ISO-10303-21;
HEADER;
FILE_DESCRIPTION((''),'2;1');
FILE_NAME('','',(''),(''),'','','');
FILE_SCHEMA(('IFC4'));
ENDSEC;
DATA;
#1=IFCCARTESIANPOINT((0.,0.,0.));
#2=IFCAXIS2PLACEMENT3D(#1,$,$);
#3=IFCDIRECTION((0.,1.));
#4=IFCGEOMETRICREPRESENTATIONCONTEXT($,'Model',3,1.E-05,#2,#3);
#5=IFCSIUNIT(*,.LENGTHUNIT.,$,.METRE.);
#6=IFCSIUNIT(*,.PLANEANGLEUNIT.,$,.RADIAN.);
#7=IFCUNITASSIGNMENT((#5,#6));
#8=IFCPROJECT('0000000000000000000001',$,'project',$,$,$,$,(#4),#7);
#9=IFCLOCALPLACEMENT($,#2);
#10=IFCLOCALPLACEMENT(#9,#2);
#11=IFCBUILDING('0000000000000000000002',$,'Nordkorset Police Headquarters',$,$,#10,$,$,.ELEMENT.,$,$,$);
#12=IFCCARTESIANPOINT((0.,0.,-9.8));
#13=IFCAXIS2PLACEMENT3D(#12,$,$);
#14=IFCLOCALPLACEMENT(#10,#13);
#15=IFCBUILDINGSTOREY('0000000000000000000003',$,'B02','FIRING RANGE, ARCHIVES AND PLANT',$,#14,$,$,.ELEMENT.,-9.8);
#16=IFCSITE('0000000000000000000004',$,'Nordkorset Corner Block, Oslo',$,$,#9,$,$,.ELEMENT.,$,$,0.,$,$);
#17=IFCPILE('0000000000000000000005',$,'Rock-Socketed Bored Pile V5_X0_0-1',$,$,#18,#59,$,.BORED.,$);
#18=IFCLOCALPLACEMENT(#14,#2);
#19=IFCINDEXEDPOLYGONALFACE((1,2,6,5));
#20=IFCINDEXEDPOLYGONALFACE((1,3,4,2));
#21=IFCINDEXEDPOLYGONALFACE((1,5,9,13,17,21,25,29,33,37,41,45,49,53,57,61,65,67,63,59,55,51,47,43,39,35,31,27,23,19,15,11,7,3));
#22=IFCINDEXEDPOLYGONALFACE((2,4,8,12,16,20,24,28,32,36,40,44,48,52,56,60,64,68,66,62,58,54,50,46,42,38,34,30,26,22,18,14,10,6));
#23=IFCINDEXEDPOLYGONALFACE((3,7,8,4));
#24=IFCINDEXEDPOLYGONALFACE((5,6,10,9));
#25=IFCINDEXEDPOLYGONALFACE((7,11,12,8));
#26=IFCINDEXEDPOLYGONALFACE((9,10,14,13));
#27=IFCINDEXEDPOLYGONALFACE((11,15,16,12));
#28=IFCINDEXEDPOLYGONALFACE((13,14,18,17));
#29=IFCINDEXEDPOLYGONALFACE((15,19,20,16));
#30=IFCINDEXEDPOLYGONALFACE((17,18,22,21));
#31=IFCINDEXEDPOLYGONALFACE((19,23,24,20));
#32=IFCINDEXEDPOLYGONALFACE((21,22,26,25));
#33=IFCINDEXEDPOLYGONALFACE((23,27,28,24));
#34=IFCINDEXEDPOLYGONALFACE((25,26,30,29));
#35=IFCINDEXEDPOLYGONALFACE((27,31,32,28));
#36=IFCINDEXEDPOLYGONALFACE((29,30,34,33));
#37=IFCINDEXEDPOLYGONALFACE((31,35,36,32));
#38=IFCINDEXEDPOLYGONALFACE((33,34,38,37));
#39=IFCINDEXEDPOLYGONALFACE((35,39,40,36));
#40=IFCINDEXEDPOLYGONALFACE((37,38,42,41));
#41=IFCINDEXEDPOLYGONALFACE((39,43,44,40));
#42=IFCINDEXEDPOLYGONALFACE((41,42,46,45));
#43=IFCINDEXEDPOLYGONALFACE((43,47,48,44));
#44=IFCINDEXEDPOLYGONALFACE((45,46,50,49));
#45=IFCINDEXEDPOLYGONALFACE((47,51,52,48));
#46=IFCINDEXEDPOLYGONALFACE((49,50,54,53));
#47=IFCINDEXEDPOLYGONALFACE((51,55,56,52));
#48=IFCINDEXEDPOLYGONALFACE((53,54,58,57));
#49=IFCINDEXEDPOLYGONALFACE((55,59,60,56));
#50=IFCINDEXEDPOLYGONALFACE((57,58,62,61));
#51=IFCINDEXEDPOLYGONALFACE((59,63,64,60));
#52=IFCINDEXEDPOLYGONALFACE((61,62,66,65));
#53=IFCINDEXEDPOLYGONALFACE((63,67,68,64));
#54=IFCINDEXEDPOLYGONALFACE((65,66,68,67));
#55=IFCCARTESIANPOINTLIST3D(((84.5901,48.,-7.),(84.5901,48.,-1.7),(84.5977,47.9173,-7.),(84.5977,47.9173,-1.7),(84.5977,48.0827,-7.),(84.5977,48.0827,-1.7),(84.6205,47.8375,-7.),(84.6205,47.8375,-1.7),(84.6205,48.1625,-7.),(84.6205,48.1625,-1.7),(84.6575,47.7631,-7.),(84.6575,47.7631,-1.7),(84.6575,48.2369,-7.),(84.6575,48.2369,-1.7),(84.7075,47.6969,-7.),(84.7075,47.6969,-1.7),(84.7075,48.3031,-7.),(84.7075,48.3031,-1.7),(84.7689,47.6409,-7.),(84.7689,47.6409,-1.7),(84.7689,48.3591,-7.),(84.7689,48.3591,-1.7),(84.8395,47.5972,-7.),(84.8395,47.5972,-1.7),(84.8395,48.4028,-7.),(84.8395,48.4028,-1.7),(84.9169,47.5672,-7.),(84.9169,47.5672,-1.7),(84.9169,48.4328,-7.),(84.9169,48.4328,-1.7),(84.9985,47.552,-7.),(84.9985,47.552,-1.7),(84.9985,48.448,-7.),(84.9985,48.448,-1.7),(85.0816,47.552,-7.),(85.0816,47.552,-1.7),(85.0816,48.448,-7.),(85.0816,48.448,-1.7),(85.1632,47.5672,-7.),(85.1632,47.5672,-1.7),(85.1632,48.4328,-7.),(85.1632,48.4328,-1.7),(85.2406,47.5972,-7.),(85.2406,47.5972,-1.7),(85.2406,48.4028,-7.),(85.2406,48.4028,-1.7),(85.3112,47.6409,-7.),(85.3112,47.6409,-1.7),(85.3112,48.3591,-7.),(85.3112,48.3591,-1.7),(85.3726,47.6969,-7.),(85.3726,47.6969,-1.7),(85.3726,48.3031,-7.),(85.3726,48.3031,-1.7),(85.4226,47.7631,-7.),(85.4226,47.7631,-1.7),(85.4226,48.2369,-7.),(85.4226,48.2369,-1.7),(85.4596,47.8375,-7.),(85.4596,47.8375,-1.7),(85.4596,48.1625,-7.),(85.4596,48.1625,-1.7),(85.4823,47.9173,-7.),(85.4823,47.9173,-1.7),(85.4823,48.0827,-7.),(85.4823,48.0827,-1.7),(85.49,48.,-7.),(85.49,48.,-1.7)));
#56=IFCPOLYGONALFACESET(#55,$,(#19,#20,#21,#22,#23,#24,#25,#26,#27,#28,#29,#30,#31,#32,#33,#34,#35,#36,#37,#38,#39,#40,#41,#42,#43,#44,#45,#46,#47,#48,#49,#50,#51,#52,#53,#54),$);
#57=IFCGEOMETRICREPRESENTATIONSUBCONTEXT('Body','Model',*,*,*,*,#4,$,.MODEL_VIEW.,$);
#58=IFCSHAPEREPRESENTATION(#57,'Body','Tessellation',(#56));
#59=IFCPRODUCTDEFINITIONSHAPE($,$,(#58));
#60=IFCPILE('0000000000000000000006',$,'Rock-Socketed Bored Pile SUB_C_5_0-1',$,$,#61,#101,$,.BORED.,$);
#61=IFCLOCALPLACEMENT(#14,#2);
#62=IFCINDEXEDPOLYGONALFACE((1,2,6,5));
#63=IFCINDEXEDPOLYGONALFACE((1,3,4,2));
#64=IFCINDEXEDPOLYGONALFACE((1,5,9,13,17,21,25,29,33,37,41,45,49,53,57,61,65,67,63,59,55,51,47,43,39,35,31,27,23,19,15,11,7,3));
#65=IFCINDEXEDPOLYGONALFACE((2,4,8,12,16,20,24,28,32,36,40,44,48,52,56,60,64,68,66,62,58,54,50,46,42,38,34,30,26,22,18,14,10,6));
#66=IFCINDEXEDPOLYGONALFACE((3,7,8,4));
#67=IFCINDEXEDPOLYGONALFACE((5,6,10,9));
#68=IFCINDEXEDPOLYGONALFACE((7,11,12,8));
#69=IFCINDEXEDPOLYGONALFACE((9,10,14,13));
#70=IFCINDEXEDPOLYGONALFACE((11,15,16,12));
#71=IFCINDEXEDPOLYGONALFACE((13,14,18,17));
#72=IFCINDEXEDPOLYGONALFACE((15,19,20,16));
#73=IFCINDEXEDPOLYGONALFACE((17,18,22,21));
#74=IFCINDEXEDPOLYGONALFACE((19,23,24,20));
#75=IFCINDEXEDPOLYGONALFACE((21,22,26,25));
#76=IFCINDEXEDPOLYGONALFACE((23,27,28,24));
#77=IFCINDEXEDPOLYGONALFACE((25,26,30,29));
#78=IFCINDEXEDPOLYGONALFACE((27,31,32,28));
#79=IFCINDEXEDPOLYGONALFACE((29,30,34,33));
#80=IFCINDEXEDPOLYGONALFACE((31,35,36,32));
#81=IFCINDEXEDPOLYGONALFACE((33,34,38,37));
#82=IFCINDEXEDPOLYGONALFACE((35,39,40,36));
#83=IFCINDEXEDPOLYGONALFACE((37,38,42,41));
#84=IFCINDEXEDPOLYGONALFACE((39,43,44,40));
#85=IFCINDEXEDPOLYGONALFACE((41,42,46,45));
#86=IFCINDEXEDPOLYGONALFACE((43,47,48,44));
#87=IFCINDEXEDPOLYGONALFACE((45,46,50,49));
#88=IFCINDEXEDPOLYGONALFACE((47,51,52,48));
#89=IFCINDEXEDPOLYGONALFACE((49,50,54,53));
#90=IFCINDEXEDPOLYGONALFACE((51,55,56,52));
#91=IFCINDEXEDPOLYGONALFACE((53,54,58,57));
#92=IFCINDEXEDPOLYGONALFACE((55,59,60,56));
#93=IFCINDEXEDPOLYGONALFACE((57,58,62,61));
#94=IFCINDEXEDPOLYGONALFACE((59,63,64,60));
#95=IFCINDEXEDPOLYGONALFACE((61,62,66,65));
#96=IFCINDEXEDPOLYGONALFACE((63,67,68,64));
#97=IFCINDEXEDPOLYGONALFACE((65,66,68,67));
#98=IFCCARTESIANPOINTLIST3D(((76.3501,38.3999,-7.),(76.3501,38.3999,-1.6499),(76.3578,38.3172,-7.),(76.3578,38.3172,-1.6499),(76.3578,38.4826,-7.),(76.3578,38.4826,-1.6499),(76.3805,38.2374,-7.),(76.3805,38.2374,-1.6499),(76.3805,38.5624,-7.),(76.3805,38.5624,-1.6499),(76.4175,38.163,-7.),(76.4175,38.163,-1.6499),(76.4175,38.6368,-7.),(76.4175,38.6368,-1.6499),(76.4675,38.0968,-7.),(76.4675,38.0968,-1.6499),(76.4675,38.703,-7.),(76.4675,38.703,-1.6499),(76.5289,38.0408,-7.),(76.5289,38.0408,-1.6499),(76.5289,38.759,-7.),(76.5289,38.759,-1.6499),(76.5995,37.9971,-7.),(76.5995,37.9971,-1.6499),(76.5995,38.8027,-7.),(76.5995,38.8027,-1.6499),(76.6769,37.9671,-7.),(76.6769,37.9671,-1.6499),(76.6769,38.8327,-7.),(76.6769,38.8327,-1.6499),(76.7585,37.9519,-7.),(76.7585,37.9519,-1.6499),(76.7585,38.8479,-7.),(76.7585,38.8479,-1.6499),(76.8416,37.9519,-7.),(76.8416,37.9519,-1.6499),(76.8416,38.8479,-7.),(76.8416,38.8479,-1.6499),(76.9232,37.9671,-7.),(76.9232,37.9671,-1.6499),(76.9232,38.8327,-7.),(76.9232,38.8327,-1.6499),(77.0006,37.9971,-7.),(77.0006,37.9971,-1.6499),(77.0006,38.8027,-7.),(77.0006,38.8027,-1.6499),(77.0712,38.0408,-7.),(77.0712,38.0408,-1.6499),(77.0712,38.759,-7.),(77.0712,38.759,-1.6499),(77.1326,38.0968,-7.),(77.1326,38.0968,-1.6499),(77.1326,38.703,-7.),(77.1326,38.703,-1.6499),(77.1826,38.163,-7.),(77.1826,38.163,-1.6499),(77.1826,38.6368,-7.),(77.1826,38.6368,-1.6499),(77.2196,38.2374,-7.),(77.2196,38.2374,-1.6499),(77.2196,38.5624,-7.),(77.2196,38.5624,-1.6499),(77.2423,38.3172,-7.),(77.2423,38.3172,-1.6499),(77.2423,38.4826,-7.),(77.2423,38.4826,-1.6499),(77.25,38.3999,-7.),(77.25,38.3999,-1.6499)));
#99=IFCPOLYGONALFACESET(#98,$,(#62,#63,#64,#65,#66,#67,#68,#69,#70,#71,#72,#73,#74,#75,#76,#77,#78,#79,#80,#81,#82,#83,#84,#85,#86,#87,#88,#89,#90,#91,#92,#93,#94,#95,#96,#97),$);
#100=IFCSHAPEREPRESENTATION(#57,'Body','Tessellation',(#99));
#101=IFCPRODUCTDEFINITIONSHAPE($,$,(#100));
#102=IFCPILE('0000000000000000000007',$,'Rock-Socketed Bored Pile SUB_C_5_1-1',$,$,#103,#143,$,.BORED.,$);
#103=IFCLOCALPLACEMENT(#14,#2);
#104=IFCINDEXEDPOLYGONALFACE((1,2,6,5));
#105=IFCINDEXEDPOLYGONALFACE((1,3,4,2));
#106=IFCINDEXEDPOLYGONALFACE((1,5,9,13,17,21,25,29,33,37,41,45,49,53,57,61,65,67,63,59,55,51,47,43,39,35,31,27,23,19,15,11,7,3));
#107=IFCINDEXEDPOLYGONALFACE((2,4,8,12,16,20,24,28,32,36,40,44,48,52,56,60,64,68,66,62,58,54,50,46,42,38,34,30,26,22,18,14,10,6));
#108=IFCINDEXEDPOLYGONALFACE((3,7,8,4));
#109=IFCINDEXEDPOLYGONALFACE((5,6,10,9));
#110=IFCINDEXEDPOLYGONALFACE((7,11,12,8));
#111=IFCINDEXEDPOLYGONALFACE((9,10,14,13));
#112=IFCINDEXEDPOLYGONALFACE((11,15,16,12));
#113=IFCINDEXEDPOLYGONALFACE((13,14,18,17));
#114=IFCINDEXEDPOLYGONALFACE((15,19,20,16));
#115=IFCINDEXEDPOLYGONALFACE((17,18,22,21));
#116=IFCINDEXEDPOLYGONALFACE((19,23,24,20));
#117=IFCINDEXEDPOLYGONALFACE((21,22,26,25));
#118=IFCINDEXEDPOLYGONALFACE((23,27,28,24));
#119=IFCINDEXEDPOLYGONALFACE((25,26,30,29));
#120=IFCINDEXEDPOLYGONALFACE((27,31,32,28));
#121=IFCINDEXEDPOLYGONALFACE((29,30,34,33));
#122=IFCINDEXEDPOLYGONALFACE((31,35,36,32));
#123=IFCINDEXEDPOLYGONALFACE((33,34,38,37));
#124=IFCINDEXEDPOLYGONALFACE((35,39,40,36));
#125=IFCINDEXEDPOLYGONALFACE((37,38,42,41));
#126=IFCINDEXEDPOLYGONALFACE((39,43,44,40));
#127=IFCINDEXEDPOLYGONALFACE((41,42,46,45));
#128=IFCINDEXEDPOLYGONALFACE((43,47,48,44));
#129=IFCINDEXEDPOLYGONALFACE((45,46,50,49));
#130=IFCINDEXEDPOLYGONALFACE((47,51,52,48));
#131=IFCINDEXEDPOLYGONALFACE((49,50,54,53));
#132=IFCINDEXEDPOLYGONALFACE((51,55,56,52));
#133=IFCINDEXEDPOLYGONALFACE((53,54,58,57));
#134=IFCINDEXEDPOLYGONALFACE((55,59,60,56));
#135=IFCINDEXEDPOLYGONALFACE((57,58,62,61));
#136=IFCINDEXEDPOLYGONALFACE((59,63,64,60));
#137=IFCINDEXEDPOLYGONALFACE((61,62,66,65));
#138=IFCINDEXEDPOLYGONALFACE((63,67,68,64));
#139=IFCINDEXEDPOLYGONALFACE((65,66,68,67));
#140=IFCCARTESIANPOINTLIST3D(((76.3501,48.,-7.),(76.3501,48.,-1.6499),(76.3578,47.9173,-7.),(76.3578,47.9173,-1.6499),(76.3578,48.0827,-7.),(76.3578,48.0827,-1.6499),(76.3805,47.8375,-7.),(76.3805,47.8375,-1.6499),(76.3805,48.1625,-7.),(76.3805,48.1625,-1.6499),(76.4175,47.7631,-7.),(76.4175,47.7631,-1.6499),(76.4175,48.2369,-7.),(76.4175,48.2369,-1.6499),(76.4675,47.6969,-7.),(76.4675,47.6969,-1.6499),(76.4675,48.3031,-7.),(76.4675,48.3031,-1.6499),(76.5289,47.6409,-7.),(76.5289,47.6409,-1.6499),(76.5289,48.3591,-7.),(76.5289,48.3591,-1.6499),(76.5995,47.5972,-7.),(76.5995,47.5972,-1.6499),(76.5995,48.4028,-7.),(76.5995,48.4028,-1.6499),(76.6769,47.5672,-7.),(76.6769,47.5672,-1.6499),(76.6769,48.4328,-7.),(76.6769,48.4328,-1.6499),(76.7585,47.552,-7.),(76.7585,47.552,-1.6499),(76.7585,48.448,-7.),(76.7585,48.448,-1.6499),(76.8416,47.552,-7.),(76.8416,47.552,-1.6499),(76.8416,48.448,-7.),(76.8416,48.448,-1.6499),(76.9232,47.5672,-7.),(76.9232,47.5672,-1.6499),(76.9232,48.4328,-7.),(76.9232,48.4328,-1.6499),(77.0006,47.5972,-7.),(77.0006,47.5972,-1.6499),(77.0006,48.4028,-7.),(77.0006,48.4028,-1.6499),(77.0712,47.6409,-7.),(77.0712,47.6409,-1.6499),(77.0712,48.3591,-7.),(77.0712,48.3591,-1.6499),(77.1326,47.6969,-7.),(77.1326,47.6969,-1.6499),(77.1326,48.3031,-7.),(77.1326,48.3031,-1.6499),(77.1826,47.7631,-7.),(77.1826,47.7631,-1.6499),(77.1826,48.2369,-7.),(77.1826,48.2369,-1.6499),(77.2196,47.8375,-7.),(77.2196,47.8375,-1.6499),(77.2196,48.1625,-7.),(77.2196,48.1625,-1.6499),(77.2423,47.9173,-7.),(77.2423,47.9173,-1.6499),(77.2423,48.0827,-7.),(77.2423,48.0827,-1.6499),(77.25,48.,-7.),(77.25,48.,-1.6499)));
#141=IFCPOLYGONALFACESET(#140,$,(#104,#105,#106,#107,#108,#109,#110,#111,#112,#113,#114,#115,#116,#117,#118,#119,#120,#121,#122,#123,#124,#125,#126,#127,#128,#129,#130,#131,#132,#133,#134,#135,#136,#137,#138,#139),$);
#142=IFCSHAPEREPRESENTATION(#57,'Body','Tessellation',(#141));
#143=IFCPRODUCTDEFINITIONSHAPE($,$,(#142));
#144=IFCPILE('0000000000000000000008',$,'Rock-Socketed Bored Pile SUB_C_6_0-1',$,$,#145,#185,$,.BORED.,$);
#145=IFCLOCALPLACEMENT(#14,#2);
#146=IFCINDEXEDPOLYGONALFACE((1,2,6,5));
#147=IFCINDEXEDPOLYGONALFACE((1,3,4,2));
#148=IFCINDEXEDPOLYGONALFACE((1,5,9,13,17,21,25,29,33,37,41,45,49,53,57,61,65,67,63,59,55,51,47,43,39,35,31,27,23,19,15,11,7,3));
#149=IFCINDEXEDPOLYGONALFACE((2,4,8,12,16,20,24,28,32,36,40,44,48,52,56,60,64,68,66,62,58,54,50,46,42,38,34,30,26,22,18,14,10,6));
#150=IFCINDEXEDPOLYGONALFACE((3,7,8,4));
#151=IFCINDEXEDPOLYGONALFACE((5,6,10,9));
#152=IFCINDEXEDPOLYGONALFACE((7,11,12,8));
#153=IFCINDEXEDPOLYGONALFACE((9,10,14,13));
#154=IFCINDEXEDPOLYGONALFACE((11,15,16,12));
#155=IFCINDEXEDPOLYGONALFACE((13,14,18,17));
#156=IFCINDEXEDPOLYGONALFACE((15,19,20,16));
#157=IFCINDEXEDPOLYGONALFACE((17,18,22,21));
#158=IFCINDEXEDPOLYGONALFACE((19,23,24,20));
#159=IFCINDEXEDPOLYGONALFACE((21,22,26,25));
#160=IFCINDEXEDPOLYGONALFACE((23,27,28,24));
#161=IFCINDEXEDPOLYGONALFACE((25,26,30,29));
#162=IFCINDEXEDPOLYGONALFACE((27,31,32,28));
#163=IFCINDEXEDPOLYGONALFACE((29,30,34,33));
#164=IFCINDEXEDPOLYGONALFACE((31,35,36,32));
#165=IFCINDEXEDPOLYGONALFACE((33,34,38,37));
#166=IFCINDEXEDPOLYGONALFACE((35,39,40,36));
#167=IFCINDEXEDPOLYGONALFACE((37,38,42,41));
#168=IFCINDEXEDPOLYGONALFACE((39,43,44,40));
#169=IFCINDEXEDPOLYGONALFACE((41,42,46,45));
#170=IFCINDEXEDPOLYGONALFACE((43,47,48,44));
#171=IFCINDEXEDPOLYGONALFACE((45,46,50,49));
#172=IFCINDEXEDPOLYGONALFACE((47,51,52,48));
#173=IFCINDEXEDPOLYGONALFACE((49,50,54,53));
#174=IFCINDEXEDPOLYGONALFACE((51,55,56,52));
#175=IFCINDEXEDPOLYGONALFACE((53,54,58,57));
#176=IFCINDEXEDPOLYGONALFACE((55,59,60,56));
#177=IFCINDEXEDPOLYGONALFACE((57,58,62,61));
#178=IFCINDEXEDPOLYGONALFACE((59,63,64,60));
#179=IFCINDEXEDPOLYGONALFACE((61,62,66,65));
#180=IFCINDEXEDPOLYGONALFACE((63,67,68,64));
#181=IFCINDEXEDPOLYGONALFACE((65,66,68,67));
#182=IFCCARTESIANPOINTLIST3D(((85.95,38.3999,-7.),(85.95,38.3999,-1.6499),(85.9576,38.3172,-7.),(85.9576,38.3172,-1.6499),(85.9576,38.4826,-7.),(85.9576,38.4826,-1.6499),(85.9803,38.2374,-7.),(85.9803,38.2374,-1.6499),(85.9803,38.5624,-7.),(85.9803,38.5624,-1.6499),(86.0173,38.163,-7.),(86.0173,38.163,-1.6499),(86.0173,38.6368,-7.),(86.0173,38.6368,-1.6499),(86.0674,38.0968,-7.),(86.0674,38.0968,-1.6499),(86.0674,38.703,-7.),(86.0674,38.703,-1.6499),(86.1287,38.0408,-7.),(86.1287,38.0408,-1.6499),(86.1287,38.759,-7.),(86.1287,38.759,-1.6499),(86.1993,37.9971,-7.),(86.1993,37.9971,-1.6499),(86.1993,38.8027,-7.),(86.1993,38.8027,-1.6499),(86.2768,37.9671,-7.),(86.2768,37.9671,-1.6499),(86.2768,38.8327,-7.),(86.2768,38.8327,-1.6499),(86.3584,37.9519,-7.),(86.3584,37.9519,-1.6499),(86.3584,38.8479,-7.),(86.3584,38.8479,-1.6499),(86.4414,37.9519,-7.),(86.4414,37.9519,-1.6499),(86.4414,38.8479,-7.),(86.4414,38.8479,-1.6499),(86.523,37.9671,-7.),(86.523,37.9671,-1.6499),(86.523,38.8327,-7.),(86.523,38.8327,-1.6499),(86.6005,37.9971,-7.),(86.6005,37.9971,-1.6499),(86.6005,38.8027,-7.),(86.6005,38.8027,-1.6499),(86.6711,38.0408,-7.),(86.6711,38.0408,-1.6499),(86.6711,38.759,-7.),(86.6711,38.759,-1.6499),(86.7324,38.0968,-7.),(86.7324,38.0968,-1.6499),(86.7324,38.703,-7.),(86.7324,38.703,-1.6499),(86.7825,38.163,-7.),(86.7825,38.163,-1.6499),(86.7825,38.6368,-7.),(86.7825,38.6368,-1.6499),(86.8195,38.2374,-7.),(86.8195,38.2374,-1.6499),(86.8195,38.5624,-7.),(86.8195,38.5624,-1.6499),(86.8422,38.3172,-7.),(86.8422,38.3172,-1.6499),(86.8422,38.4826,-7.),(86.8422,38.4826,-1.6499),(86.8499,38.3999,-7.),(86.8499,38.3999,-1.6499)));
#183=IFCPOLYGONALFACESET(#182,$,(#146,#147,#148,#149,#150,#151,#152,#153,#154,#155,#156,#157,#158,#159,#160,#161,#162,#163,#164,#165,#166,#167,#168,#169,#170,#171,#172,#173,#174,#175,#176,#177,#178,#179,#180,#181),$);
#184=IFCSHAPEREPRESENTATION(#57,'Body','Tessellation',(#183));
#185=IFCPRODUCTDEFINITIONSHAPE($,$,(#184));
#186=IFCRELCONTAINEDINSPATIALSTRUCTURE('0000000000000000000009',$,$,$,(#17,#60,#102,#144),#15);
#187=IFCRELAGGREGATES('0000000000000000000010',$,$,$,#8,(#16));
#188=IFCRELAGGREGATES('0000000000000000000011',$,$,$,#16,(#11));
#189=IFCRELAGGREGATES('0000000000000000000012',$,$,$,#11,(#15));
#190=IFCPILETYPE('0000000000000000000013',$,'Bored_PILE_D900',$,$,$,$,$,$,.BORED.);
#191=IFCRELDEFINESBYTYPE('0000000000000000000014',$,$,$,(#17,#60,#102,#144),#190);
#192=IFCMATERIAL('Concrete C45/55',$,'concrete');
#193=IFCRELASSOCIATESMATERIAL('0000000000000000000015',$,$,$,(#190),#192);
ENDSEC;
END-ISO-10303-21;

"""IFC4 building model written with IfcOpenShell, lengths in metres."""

from ifc_helpers import new_model, si_unit, direction, frame, origin, origin_2d, place, context, subcontext, project, spatial, circle, extrude, material, material_profile, profile_set, type_object, element, save


model = new_model("IFC4")

# Units and contexts
model_context = context("Model", 3, precision=1e-05, world=origin(), true_north=direction((0.0, 1.0)))
body_context = subcontext(model_context, "Body", "Model", "MODEL_VIEW")
ifc_project = project(units=[si_unit("LENGTHUNIT", "METRE"), si_unit("PLANEANGLEUNIT", "RADIAN")], contexts=[model_context])

# Site, building, storey
site_placement = place(None, origin())
site = spatial("IfcSite", under=ifc_project, at=site_placement, Name="Nordkorset Corner Block, Oslo", CompositionType="ELEMENT", RefElevation=0.0)
building_placement = place(site_placement, origin())
building = spatial("IfcBuilding", under=site, at=building_placement, Name="Nordkorset Police Headquarters", CompositionType="ELEMENT")
storey_placement = place(building_placement, frame((0.0, 0.0, -9.8)))
storey = spatial("IfcBuildingStorey", under=building, at=storey_placement, Name="B02", Description="FIRING RANGE, ARCHIVES AND PLANT", CompositionType="ELEMENT", Elevation=-9.8)

# Piles
ifc_material_1 = material(Name="Concrete C45/55", Category="concrete")
ifc_material_profile_1 = material_profile(ifc_material_1, circle(Radius=0.45, at=origin_2d()), Name="PILE D900")
ifc_profile_set_1 = profile_set([ifc_material_profile_1], Name="Concrete C45/55")
pile_type = type_object("IfcPileType", Name="Bored_PILE_D900", PredefinedType="BORED", material=ifc_profile_set_1)
pile_placement = place(storey_placement, frame((85.04, 48.0, -1.7), z_axis=(0.0, 0.0, -1.0), x_axis=(1.0, 0.0, 0.0)))
element("IfcPile", 1, at=pile_placement, inside=storey, type_object=pile_type, Name="Rock-Socketed Bored Pile V5_X0_0-1", PredefinedType="BORED", context=body_context, shape_type="SweptSolid", body=[
    extrude(circle(Radius=0.45, at=origin_2d()), origin(), (0.0, 0.0, 1.0), 5.3),
])
for number, where, z_axis, x_axis, name in (
    (2, (76.8, 38.3999, -1.6499), (0.0, 0.0, -1.0), (1.0, 0.0, 0.0), "Rock-Socketed Bored Pile SUB_C_5_0-1"),
    (3, (76.8, 48.0, -1.6499), (0.0, 0.0, -1.0), (1.0, 0.0, 0.0), "Rock-Socketed Bored Pile SUB_C_5_1-1"),
    (4, (86.3999, 38.3999, -1.6499), (0.0, 0.0, -1.0), (1.0, 0.0, 0.0), "Rock-Socketed Bored Pile SUB_C_6_0-1"),
):
    element("IfcPile", number, at=place(storey_placement, frame(where, z_axis=z_axis, x_axis=x_axis)), inside=storey, type_object=pile_type, Name=name, PredefinedType="BORED", context=body_context, shape_type="SweptSolid", body=[
        extrude(circle(Radius=0.45, at=origin_2d()), origin(), (0.0, 0.0, 1.0), 5.3501),
    ])

save(model, "model.ifc")
